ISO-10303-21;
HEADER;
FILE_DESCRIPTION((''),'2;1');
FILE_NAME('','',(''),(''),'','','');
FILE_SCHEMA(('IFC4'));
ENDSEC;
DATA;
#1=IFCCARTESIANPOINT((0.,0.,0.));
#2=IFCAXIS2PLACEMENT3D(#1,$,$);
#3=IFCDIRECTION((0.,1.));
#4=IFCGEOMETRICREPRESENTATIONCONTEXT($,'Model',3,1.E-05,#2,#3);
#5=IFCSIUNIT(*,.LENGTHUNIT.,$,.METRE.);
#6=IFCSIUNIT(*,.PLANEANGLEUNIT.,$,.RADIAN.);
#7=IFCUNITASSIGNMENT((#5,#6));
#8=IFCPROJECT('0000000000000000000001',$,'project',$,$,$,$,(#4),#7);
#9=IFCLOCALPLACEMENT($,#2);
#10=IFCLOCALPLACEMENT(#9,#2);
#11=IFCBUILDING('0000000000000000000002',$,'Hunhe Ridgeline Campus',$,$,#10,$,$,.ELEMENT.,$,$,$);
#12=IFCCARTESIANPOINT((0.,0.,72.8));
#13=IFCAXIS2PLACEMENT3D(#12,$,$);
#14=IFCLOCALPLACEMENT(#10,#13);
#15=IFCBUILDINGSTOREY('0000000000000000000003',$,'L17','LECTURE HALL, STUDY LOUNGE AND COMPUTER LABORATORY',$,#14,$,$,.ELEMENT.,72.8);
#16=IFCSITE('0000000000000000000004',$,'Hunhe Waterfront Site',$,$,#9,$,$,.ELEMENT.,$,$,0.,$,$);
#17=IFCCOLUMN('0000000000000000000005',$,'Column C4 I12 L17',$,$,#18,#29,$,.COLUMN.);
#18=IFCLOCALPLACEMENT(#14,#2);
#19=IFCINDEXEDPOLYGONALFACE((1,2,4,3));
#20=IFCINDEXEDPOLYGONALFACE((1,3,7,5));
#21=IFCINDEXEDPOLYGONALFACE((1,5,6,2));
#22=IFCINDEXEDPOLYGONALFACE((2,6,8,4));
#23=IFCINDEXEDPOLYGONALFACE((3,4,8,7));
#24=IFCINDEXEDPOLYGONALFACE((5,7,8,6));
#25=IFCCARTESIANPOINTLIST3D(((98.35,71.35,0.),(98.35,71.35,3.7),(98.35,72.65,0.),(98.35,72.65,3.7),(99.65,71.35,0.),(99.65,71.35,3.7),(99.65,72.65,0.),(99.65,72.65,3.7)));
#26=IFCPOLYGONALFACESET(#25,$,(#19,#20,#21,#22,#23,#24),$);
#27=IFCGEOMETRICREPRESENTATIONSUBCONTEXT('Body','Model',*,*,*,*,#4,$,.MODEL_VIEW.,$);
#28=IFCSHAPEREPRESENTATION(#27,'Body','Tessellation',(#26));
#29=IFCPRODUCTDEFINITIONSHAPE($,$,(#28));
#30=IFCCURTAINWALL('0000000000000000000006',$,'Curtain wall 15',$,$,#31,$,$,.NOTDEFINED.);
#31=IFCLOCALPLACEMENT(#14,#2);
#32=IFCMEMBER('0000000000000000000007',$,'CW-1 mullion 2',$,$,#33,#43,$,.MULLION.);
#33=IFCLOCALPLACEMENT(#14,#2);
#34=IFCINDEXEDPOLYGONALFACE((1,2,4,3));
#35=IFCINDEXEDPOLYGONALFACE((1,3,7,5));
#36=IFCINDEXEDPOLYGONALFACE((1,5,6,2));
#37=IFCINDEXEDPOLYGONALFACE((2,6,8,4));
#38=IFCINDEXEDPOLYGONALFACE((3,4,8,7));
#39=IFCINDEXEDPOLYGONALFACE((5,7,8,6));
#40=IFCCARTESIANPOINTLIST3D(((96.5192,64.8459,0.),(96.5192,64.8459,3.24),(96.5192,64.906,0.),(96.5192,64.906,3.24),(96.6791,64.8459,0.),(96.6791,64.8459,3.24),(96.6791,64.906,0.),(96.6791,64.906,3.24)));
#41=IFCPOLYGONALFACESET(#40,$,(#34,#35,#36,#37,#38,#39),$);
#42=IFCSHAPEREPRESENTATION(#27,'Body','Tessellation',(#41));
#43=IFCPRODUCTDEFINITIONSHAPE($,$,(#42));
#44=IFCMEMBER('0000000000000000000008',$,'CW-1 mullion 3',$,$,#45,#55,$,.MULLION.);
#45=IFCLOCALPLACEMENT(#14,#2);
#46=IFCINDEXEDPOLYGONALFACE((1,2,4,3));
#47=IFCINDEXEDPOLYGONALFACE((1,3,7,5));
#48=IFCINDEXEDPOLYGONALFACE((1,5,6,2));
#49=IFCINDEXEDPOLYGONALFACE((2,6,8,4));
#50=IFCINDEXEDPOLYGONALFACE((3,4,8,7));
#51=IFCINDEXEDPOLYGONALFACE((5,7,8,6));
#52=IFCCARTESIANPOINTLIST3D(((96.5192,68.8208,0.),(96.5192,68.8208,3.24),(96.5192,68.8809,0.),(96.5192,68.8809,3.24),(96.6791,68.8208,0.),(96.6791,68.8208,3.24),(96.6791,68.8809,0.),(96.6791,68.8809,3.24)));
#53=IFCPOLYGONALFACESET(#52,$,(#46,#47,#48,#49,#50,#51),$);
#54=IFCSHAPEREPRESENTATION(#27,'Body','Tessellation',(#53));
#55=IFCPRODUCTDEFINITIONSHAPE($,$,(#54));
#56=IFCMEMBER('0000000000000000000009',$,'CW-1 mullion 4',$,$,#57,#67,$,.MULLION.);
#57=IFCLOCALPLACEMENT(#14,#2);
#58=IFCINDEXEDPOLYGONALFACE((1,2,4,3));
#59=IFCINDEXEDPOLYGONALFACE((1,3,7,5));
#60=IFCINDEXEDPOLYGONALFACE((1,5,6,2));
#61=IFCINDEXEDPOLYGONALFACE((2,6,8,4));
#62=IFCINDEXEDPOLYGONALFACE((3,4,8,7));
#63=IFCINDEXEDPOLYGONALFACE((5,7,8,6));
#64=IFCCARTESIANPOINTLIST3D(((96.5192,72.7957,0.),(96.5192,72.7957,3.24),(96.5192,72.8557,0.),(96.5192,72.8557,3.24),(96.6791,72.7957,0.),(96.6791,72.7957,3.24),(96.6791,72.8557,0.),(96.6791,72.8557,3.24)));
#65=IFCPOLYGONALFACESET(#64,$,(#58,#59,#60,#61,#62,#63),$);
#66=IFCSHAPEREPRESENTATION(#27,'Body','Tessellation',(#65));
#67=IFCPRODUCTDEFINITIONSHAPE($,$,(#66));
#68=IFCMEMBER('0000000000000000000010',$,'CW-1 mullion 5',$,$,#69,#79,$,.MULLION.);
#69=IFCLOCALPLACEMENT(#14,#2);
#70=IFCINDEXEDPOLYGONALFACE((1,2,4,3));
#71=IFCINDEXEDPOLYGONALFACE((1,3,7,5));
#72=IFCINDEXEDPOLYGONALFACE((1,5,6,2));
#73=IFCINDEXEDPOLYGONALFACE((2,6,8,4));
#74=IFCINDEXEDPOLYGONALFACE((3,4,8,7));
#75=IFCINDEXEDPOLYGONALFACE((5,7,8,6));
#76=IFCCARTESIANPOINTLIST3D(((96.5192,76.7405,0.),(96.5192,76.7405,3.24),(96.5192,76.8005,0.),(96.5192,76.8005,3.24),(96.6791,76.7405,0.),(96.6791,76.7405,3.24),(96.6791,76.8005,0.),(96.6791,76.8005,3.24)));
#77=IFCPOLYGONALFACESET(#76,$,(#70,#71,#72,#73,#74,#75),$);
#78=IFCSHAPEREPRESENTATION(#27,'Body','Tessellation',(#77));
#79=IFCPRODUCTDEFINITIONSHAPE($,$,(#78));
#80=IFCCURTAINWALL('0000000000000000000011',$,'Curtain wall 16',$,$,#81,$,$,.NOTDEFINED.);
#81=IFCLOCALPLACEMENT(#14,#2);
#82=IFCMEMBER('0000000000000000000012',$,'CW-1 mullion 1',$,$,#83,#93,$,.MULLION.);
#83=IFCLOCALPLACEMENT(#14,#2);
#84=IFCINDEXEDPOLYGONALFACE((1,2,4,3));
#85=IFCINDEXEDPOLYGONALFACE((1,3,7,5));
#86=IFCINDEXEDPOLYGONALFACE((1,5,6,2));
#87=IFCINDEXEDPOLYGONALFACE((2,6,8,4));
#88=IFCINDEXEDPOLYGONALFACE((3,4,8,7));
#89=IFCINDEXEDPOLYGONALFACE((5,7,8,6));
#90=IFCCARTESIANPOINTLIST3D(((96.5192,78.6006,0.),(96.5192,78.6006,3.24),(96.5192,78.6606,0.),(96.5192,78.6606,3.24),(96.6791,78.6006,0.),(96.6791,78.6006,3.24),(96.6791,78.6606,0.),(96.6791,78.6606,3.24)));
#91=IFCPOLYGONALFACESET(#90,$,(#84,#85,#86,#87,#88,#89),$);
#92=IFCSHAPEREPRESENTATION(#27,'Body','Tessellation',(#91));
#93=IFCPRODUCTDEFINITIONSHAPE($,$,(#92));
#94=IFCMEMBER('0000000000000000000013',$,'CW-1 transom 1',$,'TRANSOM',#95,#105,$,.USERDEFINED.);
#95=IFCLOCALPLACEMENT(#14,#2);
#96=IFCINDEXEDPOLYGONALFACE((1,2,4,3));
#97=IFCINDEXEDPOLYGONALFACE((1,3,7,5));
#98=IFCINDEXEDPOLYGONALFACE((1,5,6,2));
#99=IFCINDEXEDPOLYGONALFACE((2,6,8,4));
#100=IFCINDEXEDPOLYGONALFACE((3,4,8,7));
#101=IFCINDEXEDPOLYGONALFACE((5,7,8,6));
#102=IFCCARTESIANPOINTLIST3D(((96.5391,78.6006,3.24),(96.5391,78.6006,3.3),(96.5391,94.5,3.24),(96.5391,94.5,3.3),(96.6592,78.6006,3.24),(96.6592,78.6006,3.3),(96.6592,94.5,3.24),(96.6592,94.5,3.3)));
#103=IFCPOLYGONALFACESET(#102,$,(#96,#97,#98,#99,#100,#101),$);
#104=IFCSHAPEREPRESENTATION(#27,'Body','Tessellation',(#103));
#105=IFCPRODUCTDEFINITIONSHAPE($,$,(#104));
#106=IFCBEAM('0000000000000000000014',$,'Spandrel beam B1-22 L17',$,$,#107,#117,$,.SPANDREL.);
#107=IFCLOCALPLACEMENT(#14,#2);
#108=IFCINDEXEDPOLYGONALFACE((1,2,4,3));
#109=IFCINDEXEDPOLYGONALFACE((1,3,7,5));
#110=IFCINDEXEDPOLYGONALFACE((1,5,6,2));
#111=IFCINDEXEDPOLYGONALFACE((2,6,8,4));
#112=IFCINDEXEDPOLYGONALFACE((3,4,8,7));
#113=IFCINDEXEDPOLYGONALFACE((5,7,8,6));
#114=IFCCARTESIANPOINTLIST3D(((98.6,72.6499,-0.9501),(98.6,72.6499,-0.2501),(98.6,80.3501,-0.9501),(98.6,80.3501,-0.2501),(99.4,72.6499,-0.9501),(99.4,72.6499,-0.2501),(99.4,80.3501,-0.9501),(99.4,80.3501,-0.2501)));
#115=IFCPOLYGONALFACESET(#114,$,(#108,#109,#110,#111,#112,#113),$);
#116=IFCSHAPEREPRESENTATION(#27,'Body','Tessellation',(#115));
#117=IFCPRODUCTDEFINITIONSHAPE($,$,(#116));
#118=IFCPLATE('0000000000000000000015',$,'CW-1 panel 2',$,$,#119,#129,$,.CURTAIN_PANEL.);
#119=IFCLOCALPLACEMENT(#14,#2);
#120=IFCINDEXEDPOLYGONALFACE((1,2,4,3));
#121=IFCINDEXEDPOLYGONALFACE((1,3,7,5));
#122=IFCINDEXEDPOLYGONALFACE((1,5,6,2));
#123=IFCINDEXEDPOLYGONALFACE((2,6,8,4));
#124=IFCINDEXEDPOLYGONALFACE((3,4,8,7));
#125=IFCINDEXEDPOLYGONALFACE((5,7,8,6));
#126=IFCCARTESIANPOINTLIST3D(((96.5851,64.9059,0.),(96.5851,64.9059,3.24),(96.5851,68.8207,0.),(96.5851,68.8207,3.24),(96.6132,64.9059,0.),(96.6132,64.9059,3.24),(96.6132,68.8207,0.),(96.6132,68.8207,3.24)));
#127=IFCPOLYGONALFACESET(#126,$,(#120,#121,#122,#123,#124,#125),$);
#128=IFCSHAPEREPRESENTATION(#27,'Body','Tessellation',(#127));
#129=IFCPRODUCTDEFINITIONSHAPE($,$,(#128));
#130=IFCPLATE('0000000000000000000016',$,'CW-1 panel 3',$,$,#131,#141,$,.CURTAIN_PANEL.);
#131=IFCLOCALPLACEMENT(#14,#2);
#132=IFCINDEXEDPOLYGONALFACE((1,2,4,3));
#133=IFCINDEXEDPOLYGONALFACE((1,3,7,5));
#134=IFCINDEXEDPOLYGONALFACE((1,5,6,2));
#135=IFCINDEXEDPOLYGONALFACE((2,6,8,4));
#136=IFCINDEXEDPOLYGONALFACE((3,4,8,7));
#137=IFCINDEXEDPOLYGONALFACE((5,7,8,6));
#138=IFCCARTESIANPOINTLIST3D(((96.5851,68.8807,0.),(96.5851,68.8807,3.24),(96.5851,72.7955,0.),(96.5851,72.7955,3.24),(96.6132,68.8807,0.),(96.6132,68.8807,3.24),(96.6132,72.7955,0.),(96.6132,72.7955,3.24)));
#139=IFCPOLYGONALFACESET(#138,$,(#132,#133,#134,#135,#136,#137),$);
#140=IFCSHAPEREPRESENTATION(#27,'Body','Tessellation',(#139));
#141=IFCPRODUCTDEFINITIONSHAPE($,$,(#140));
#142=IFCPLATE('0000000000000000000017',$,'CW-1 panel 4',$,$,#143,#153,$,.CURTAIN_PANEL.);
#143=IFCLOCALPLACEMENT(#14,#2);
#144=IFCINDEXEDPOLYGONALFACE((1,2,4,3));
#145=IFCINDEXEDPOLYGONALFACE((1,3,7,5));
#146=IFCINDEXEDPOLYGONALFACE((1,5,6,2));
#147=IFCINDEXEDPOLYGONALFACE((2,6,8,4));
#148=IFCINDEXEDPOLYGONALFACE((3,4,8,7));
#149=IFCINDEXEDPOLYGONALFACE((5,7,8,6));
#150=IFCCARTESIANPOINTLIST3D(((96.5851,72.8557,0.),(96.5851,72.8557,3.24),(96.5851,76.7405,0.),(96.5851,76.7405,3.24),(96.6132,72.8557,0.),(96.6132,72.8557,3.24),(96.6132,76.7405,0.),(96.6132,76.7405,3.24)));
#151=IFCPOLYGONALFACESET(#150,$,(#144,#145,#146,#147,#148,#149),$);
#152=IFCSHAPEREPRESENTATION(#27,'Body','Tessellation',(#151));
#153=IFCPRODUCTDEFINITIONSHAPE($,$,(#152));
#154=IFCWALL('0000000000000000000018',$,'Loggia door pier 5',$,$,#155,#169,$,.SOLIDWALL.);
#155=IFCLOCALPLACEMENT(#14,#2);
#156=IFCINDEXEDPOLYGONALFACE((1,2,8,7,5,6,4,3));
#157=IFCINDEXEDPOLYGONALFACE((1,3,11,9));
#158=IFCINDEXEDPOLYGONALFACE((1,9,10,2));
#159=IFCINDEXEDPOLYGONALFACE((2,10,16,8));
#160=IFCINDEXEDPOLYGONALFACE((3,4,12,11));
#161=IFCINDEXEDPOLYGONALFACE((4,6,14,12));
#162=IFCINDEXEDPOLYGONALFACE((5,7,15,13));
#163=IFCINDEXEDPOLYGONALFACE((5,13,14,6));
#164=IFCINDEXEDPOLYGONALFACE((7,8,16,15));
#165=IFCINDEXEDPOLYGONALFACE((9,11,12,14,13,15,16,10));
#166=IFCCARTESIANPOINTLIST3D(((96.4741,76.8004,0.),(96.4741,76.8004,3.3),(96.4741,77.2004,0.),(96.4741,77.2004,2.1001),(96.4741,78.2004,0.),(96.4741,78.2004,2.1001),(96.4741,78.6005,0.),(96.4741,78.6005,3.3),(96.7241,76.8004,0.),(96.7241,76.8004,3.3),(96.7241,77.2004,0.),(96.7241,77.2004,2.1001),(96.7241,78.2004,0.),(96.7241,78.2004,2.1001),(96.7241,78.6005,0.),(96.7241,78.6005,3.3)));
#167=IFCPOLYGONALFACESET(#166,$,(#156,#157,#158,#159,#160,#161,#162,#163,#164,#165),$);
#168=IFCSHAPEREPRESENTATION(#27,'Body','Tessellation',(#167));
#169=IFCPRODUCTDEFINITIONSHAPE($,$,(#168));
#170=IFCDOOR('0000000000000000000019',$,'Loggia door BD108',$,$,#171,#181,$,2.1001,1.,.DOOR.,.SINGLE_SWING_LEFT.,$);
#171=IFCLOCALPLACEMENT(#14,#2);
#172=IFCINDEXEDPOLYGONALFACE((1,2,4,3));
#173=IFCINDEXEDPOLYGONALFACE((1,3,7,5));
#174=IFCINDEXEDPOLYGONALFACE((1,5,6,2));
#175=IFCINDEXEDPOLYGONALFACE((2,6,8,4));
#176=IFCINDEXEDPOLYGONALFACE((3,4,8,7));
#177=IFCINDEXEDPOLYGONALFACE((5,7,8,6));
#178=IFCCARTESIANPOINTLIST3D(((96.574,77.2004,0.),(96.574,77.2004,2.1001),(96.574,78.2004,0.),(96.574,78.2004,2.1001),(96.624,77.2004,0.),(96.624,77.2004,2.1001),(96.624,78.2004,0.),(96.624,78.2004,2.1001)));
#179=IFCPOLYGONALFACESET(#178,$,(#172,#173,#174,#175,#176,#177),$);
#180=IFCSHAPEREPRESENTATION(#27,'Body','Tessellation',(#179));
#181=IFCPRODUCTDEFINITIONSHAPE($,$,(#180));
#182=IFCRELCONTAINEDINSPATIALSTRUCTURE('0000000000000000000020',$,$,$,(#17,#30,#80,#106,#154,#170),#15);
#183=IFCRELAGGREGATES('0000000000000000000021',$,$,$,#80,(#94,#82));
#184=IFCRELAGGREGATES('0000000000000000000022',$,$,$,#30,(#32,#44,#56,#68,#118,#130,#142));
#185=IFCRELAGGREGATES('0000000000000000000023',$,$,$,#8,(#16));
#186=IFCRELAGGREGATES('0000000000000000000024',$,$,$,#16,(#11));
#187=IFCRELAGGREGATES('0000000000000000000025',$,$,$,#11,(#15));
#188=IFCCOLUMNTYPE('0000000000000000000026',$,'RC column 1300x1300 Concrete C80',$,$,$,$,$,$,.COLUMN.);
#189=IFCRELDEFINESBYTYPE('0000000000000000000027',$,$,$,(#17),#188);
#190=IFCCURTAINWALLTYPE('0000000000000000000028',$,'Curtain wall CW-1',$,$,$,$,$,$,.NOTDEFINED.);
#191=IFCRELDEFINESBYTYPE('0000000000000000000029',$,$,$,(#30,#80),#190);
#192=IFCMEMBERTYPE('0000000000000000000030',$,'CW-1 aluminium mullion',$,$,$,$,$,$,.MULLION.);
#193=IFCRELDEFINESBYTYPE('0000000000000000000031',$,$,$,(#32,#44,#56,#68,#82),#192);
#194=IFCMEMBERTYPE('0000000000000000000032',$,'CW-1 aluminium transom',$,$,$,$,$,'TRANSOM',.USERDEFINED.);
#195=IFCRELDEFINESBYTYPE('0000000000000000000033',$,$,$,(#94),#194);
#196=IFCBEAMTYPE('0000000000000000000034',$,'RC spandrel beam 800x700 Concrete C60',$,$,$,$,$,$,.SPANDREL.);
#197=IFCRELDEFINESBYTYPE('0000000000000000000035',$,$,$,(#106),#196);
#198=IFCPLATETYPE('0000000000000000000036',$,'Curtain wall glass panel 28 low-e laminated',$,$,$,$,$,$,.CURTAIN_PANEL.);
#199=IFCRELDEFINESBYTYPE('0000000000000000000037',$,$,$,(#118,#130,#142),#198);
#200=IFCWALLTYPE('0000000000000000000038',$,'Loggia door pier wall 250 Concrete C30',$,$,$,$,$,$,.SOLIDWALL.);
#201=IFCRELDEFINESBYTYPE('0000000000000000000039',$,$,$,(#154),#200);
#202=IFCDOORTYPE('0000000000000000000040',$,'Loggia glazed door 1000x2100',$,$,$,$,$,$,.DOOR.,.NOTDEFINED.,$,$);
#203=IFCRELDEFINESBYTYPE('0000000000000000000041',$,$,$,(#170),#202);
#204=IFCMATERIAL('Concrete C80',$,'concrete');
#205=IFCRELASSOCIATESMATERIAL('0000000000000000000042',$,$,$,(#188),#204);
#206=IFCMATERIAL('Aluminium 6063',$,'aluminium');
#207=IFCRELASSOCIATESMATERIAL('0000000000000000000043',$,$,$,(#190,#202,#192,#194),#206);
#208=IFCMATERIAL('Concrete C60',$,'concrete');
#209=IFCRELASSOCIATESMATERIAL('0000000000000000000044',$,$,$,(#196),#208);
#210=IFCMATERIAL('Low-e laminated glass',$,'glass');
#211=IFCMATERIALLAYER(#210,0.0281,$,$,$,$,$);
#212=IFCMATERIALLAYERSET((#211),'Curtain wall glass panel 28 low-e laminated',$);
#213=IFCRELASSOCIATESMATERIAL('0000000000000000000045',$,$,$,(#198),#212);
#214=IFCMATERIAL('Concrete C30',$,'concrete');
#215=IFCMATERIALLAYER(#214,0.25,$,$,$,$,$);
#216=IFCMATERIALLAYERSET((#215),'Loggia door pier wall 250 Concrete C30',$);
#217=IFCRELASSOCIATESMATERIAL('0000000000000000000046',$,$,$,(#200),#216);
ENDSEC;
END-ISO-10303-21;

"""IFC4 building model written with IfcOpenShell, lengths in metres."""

from ifc_helpers import new_model, si_unit, direction, frame, frame_2d, origin, origin_2d, place, context, subcontext, project, spatial, rectangle, extrude, material, layer, layer_set, material_profile, profile_set, type_object, element, fill, aggregate, save


model = new_model("IFC4")

# Units and contexts
model_context = context("Model", 3, precision=1e-05, world=origin(), true_north=direction((0.0, 1.0)))
body_context = subcontext(model_context, "Body", "Model", "MODEL_VIEW")
ifc_project = project(units=[si_unit("LENGTHUNIT", "METRE"), si_unit("PLANEANGLEUNIT", "RADIAN")], contexts=[model_context])

# Site, building, storey
site_placement = place(None, origin())
site = spatial("IfcSite", under=ifc_project, at=site_placement, Name="Hunhe Waterfront Site", CompositionType="ELEMENT", RefElevation=0.0)
building_placement = place(site_placement, origin())
building = spatial("IfcBuilding", under=site, at=building_placement, Name="Hunhe Ridgeline Campus", CompositionType="ELEMENT")
storey_placement = place(building_placement, frame((0.0, 0.0, 72.8)))
storey = spatial("IfcBuildingStorey", under=building, at=storey_placement, Name="L17", Description="LECTURE HALL, STUDY LOUNGE AND COMPUTER LABORATORY", CompositionType="ELEMENT", Elevation=72.8)

# Column
ifc_material_1 = material(Name="Concrete C80", Category="concrete")
ifc_material_profile_1 = material_profile(ifc_material_1, rectangle(XDim=1.3, YDim=1.3, at=origin_2d()))
ifc_profile_set_1 = profile_set([ifc_material_profile_1], Name="Concrete C80")
column_type = type_object("IfcColumnType", Name="RC column 1300x1300 Concrete C80", PredefinedType="COLUMN", material=ifc_profile_set_1)
column_placement = place(storey_placement, frame((99.0, 72.0, 0.0), z_axis=(0.0, 0.0, 1.0), x_axis=(1.0, 0.0, 0.0)))
element("IfcColumn", 1, at=column_placement, inside=storey, type_object=column_type, Name="Column C4 I12 L17", PredefinedType="COLUMN", context=body_context, shape_type="SweptSolid", body=[
    extrude(rectangle(XDim=1.3, YDim=1.3, at=origin_2d()), origin(), (0.0, 0.0, 1.0), 3.7),
])

# Curtain walls, members
ifc_material_2 = material(Name="Aluminium 6063", Category="aluminium")
curtain_wall_type = type_object("IfcCurtainWallType", Name="Curtain wall CW-1", PredefinedType="NOTDEFINED", material=ifc_material_2)
curtain_wall_1_placement = place(storey_placement, origin())
curtain_wall_1 = element("IfcCurtainWall", 2, at=curtain_wall_1_placement, inside=storey, type_object=curtain_wall_type, Name="Curtain wall 15", PredefinedType="NOTDEFINED")
ifc_material_profile_2 = material_profile(ifc_material_2, rectangle(XDim=0.1599, YDim=0.0601, at=origin_2d()))
ifc_profile_set_2 = profile_set([ifc_material_profile_2], Name="Aluminium 6063")
member_type_1 = type_object("IfcMemberType", Name="CW-1 aluminium mullion", PredefinedType="MULLION", material=ifc_profile_set_2)
member_1_placement = place(storey_placement, frame((96.5991, 64.876, 0.0), z_axis=(0.0, 0.0, 1.0), x_axis=(-1.0, 0.0, 0.0)))
member_1 = element("IfcMember", 3, at=member_1_placement, type_object=member_type_1, Name="CW-1 mullion 2", PredefinedType="MULLION", context=body_context, shape_type="SweptSolid", body=[
    extrude(rectangle(XDim=0.1599, YDim=0.0601, at=origin_2d()), origin(), (0.0, 0.0, 1.0), 3.24),
])
member_2_placement = place(storey_placement, frame((96.5991, 68.8508, 0.0), z_axis=(0.0, 0.0, 1.0), x_axis=(-1.0, 0.0, 0.0)))
member_2 = element("IfcMember", 4, at=member_2_placement, type_object=member_type_1, Name="CW-1 mullion 3", PredefinedType="MULLION", context=body_context, shape_type="SweptSolid", body=[
    extrude(rectangle(XDim=0.1599, YDim=0.0601, at=origin_2d()), origin(), (0.0, 0.0, 1.0), 3.24),
])
member_3_placement = place(storey_placement, frame((96.5991, 72.8257, 0.0), z_axis=(0.0, 0.0, 1.0), x_axis=(-1.0, 0.0, 0.0)))
member_3 = element("IfcMember", 5, at=member_3_placement, type_object=member_type_1, Name="CW-1 mullion 4", PredefinedType="MULLION", context=body_context, shape_type="SweptSolid", body=[
    extrude(rectangle(XDim=0.1599, YDim=0.0601, at=origin_2d()), origin(), (0.0, 0.0, 1.0), 3.24),
])
member_4_placement = place(storey_placement, frame((96.5991, 76.7705, 0.0), z_axis=(0.0, 0.0, 1.0), x_axis=(-1.0, 0.0, 0.0)))
member_4 = element("IfcMember", 6, at=member_4_placement, type_object=member_type_1, Name="CW-1 mullion 5", PredefinedType="MULLION", context=body_context, shape_type="SweptSolid", body=[
    extrude(rectangle(XDim=0.1599, YDim=0.0601, at=origin_2d()), origin(), (0.0, 0.0, 1.0), 3.24),
])
curtain_wall_2_placement = place(storey_placement, origin())
curtain_wall_2 = element("IfcCurtainWall", 7, at=curtain_wall_2_placement, inside=storey, type_object=curtain_wall_type, Name="Curtain wall 16", PredefinedType="NOTDEFINED")
member_5_placement = place(storey_placement, frame((96.5991, 78.6306, 0.0), z_axis=(0.0, 0.0, 1.0), x_axis=(-1.0, 0.0, 0.0)))
member_5 = element("IfcMember", 8, at=member_5_placement, type_object=member_type_1, Name="CW-1 mullion 1", PredefinedType="MULLION", context=body_context, shape_type="SweptSolid", body=[
    extrude(rectangle(XDim=0.1599, YDim=0.0601, at=origin_2d()), origin(), (0.0, 0.0, 1.0), 3.24),
])
ifc_material_profile_3 = material_profile(ifc_material_2, rectangle(XDim=0.1201, YDim=0.0601, at=origin_2d()))
ifc_profile_set_3 = profile_set([ifc_material_profile_3], Name="Aluminium 6063")
member_type_2 = type_object("IfcMemberType", Name="CW-1 aluminium transom", ElementType="TRANSOM", PredefinedType="USERDEFINED", material=ifc_profile_set_3)
member_6_placement = place(storey_placement, frame((96.5991, 78.6006, 3.27), z_axis=(0.0, 1.0, 0.0), x_axis=(-1.0, 0.0, 0.0)))
member_6 = element("IfcMember", 9, at=member_6_placement, type_object=member_type_2, Name="CW-1 transom 1", ObjectType="TRANSOM", PredefinedType="USERDEFINED", context=body_context, shape_type="SweptSolid", body=[
    extrude(rectangle(XDim=0.1201, YDim=0.0601, at=origin_2d()), origin(), (0.0, 0.0, 1.0), 15.8994),
])
aggregate(curtain_wall_2, [member_6, member_5])

# Beam
ifc_material_3 = material(Name="Concrete C60", Category="concrete")
ifc_material_profile_4 = material_profile(ifc_material_3, rectangle(XDim=0.8, YDim=0.7, at=origin_2d()))
ifc_profile_set_4 = profile_set([ifc_material_profile_4], Name="Concrete C60")
beam_type = type_object("IfcBeamType", Name="RC spandrel beam 800x700 Concrete C60", PredefinedType="SPANDREL", material=ifc_profile_set_4)
beam_placement = place(storey_placement, frame((99.0, 72.6499, -0.6001), z_axis=(0.0, 1.0, 0.0), x_axis=(-1.0, 0.0, 0.0)))
element("IfcBeam", 10, at=beam_placement, inside=storey, type_object=beam_type, Name="Spandrel beam B1-22 L17", PredefinedType="SPANDREL", context=body_context, shape_type="SweptSolid", body=[
    extrude(rectangle(XDim=0.8, YDim=0.7, at=origin_2d()), origin(), (0.0, 0.0, 1.0), 7.7002),
])

# Plates
ifc_material_4 = material(Name="Low-e laminated glass", Category="glass")
ifc_layer_1 = layer(ifc_material_4, 0.0281)
ifc_layer_set_1 = layer_set([ifc_layer_1], Name="Curtain wall glass panel 28 low-e laminated")
plate_type = type_object("IfcPlateType", Name="Curtain wall glass panel 28 low-e laminated", PredefinedType="CURTAIN_PANEL", material=ifc_layer_set_1)
plate_1_placement = place(storey_placement, frame((96.5991, 66.8633, 0.0), z_axis=(0.0, 0.0, 1.0), x_axis=(0.0, 1.0, 0.0)))
plate_1 = element("IfcPlate", 11, at=plate_1_placement, type_object=plate_type, Name="CW-1 panel 2", PredefinedType="CURTAIN_PANEL", context=body_context, shape_type="SweptSolid", body=[
    extrude(rectangle(XDim=3.9148, YDim=0.0281, at=origin_2d()), origin(), (0.0, 0.0, 1.0), 3.24),
])
plate_2_placement = place(storey_placement, frame((96.5991, 70.8381, 0.0), z_axis=(0.0, 0.0, 1.0), x_axis=(0.0, 1.0, 0.0)))
plate_2 = element("IfcPlate", 12, at=plate_2_placement, type_object=plate_type, Name="CW-1 panel 3", PredefinedType="CURTAIN_PANEL", context=body_context, shape_type="SweptSolid", body=[
    extrude(rectangle(XDim=3.9148, YDim=0.0281, at=origin_2d()), origin(), (0.0, 0.0, 1.0), 3.24),
])
plate_3_placement = place(storey_placement, frame((96.5991, 74.7981, 0.0), z_axis=(0.0, 0.0, 1.0), x_axis=(0.0, 1.0, 0.0)))
plate_3 = element("IfcPlate", 13, at=plate_3_placement, type_object=plate_type, Name="CW-1 panel 4", PredefinedType="CURTAIN_PANEL", context=body_context, shape_type="SweptSolid", body=[
    extrude(rectangle(XDim=3.8848, YDim=0.0281, at=origin_2d()), origin(), (0.0, 0.0, 1.0), 3.24),
])
aggregate(curtain_wall_1, [member_1, member_2, member_3, member_4, plate_1, plate_2, plate_3])

# Wall, opening, door
ifc_material_5 = material(Name="Concrete C30", Category="concrete")
ifc_layer_2 = layer(ifc_material_5, 0.25)
ifc_layer_set_2 = layer_set([ifc_layer_2], Name="Loggia door pier wall 250 Concrete C30")
wall_type_1 = type_object("IfcWallType", Name="Loggia door pier wall 250 Concrete C30", PredefinedType="SOLIDWALL", material=ifc_layer_set_2)
wall_1_placement = place(storey_placement, frame((96.5991, 76.8005, 0.0), z_axis=(0.0, 0.0, 1.0), x_axis=(0.0, 1.0, 0.0)))
wall_1 = element("IfcWall", 14, at=wall_1_placement, inside=storey, type_object=wall_type_1, Name="Loggia door pier 5", PredefinedType="SOLIDWALL", context=body_context, shape_type="SweptSolid", body=[
    extrude(rectangle(XDim=1.8, YDim=0.25, at=frame_2d((0.8999, 0.0))), origin(), (0.0, 0.0, 1.0), 3.3),
])
opening_1_placement = place(wall_1_placement, frame((0.3999, 0.0, 0.0)))
opening_1 = element("IfcOpeningElement", 15, at=opening_1_placement, cuts=wall_1, PredefinedType="OPENING", context=body_context, shape_type="SweptSolid", body=[
    extrude(rectangle(XDim=1.0, YDim=2.1001, at=frame_2d((0.5, 1.05))), frame((0.0, 0.125, 0.0), z_axis=(0.0, -1.0, 0.0), x_axis=(1.0, 0.0, 0.0)), (0.0, 0.0, 1.0), 0.25),
])
door_type_1 = type_object("IfcDoorType", Name="Loggia glazed door 1000x2100", OperationType="NOTDEFINED", PredefinedType="DOOR", material=ifc_material_2)
door_1_placement = place(opening_1_placement, frame((1.0, 0.0, 0.0), z_axis=(0.0, 0.0, 1.0), x_axis=(-1.0, 0.0, 0.0)))
door_1 = element("IfcDoor", 16, at=door_1_placement, inside=storey, type_object=door_type_1, Name="Loggia door BD108", OperationType="SINGLE_SWING_LEFT", OverallHeight=2.1001, OverallWidth=1.0, PredefinedType="DOOR", context=body_context, shape_type="SweptSolid", body=[
    extrude(rectangle(XDim=1.0, YDim=2.1001, at=frame_2d((0.5, 1.05))), frame((0.0, 0.0249, 0.0), z_axis=(0.0, -1.0, 0.0), x_axis=(1.0, 0.0, 0.0)), (0.0, 0.0, 1.0), 0.05),
])
fill(opening_1, door_1)

save(model, "model.ifc")
